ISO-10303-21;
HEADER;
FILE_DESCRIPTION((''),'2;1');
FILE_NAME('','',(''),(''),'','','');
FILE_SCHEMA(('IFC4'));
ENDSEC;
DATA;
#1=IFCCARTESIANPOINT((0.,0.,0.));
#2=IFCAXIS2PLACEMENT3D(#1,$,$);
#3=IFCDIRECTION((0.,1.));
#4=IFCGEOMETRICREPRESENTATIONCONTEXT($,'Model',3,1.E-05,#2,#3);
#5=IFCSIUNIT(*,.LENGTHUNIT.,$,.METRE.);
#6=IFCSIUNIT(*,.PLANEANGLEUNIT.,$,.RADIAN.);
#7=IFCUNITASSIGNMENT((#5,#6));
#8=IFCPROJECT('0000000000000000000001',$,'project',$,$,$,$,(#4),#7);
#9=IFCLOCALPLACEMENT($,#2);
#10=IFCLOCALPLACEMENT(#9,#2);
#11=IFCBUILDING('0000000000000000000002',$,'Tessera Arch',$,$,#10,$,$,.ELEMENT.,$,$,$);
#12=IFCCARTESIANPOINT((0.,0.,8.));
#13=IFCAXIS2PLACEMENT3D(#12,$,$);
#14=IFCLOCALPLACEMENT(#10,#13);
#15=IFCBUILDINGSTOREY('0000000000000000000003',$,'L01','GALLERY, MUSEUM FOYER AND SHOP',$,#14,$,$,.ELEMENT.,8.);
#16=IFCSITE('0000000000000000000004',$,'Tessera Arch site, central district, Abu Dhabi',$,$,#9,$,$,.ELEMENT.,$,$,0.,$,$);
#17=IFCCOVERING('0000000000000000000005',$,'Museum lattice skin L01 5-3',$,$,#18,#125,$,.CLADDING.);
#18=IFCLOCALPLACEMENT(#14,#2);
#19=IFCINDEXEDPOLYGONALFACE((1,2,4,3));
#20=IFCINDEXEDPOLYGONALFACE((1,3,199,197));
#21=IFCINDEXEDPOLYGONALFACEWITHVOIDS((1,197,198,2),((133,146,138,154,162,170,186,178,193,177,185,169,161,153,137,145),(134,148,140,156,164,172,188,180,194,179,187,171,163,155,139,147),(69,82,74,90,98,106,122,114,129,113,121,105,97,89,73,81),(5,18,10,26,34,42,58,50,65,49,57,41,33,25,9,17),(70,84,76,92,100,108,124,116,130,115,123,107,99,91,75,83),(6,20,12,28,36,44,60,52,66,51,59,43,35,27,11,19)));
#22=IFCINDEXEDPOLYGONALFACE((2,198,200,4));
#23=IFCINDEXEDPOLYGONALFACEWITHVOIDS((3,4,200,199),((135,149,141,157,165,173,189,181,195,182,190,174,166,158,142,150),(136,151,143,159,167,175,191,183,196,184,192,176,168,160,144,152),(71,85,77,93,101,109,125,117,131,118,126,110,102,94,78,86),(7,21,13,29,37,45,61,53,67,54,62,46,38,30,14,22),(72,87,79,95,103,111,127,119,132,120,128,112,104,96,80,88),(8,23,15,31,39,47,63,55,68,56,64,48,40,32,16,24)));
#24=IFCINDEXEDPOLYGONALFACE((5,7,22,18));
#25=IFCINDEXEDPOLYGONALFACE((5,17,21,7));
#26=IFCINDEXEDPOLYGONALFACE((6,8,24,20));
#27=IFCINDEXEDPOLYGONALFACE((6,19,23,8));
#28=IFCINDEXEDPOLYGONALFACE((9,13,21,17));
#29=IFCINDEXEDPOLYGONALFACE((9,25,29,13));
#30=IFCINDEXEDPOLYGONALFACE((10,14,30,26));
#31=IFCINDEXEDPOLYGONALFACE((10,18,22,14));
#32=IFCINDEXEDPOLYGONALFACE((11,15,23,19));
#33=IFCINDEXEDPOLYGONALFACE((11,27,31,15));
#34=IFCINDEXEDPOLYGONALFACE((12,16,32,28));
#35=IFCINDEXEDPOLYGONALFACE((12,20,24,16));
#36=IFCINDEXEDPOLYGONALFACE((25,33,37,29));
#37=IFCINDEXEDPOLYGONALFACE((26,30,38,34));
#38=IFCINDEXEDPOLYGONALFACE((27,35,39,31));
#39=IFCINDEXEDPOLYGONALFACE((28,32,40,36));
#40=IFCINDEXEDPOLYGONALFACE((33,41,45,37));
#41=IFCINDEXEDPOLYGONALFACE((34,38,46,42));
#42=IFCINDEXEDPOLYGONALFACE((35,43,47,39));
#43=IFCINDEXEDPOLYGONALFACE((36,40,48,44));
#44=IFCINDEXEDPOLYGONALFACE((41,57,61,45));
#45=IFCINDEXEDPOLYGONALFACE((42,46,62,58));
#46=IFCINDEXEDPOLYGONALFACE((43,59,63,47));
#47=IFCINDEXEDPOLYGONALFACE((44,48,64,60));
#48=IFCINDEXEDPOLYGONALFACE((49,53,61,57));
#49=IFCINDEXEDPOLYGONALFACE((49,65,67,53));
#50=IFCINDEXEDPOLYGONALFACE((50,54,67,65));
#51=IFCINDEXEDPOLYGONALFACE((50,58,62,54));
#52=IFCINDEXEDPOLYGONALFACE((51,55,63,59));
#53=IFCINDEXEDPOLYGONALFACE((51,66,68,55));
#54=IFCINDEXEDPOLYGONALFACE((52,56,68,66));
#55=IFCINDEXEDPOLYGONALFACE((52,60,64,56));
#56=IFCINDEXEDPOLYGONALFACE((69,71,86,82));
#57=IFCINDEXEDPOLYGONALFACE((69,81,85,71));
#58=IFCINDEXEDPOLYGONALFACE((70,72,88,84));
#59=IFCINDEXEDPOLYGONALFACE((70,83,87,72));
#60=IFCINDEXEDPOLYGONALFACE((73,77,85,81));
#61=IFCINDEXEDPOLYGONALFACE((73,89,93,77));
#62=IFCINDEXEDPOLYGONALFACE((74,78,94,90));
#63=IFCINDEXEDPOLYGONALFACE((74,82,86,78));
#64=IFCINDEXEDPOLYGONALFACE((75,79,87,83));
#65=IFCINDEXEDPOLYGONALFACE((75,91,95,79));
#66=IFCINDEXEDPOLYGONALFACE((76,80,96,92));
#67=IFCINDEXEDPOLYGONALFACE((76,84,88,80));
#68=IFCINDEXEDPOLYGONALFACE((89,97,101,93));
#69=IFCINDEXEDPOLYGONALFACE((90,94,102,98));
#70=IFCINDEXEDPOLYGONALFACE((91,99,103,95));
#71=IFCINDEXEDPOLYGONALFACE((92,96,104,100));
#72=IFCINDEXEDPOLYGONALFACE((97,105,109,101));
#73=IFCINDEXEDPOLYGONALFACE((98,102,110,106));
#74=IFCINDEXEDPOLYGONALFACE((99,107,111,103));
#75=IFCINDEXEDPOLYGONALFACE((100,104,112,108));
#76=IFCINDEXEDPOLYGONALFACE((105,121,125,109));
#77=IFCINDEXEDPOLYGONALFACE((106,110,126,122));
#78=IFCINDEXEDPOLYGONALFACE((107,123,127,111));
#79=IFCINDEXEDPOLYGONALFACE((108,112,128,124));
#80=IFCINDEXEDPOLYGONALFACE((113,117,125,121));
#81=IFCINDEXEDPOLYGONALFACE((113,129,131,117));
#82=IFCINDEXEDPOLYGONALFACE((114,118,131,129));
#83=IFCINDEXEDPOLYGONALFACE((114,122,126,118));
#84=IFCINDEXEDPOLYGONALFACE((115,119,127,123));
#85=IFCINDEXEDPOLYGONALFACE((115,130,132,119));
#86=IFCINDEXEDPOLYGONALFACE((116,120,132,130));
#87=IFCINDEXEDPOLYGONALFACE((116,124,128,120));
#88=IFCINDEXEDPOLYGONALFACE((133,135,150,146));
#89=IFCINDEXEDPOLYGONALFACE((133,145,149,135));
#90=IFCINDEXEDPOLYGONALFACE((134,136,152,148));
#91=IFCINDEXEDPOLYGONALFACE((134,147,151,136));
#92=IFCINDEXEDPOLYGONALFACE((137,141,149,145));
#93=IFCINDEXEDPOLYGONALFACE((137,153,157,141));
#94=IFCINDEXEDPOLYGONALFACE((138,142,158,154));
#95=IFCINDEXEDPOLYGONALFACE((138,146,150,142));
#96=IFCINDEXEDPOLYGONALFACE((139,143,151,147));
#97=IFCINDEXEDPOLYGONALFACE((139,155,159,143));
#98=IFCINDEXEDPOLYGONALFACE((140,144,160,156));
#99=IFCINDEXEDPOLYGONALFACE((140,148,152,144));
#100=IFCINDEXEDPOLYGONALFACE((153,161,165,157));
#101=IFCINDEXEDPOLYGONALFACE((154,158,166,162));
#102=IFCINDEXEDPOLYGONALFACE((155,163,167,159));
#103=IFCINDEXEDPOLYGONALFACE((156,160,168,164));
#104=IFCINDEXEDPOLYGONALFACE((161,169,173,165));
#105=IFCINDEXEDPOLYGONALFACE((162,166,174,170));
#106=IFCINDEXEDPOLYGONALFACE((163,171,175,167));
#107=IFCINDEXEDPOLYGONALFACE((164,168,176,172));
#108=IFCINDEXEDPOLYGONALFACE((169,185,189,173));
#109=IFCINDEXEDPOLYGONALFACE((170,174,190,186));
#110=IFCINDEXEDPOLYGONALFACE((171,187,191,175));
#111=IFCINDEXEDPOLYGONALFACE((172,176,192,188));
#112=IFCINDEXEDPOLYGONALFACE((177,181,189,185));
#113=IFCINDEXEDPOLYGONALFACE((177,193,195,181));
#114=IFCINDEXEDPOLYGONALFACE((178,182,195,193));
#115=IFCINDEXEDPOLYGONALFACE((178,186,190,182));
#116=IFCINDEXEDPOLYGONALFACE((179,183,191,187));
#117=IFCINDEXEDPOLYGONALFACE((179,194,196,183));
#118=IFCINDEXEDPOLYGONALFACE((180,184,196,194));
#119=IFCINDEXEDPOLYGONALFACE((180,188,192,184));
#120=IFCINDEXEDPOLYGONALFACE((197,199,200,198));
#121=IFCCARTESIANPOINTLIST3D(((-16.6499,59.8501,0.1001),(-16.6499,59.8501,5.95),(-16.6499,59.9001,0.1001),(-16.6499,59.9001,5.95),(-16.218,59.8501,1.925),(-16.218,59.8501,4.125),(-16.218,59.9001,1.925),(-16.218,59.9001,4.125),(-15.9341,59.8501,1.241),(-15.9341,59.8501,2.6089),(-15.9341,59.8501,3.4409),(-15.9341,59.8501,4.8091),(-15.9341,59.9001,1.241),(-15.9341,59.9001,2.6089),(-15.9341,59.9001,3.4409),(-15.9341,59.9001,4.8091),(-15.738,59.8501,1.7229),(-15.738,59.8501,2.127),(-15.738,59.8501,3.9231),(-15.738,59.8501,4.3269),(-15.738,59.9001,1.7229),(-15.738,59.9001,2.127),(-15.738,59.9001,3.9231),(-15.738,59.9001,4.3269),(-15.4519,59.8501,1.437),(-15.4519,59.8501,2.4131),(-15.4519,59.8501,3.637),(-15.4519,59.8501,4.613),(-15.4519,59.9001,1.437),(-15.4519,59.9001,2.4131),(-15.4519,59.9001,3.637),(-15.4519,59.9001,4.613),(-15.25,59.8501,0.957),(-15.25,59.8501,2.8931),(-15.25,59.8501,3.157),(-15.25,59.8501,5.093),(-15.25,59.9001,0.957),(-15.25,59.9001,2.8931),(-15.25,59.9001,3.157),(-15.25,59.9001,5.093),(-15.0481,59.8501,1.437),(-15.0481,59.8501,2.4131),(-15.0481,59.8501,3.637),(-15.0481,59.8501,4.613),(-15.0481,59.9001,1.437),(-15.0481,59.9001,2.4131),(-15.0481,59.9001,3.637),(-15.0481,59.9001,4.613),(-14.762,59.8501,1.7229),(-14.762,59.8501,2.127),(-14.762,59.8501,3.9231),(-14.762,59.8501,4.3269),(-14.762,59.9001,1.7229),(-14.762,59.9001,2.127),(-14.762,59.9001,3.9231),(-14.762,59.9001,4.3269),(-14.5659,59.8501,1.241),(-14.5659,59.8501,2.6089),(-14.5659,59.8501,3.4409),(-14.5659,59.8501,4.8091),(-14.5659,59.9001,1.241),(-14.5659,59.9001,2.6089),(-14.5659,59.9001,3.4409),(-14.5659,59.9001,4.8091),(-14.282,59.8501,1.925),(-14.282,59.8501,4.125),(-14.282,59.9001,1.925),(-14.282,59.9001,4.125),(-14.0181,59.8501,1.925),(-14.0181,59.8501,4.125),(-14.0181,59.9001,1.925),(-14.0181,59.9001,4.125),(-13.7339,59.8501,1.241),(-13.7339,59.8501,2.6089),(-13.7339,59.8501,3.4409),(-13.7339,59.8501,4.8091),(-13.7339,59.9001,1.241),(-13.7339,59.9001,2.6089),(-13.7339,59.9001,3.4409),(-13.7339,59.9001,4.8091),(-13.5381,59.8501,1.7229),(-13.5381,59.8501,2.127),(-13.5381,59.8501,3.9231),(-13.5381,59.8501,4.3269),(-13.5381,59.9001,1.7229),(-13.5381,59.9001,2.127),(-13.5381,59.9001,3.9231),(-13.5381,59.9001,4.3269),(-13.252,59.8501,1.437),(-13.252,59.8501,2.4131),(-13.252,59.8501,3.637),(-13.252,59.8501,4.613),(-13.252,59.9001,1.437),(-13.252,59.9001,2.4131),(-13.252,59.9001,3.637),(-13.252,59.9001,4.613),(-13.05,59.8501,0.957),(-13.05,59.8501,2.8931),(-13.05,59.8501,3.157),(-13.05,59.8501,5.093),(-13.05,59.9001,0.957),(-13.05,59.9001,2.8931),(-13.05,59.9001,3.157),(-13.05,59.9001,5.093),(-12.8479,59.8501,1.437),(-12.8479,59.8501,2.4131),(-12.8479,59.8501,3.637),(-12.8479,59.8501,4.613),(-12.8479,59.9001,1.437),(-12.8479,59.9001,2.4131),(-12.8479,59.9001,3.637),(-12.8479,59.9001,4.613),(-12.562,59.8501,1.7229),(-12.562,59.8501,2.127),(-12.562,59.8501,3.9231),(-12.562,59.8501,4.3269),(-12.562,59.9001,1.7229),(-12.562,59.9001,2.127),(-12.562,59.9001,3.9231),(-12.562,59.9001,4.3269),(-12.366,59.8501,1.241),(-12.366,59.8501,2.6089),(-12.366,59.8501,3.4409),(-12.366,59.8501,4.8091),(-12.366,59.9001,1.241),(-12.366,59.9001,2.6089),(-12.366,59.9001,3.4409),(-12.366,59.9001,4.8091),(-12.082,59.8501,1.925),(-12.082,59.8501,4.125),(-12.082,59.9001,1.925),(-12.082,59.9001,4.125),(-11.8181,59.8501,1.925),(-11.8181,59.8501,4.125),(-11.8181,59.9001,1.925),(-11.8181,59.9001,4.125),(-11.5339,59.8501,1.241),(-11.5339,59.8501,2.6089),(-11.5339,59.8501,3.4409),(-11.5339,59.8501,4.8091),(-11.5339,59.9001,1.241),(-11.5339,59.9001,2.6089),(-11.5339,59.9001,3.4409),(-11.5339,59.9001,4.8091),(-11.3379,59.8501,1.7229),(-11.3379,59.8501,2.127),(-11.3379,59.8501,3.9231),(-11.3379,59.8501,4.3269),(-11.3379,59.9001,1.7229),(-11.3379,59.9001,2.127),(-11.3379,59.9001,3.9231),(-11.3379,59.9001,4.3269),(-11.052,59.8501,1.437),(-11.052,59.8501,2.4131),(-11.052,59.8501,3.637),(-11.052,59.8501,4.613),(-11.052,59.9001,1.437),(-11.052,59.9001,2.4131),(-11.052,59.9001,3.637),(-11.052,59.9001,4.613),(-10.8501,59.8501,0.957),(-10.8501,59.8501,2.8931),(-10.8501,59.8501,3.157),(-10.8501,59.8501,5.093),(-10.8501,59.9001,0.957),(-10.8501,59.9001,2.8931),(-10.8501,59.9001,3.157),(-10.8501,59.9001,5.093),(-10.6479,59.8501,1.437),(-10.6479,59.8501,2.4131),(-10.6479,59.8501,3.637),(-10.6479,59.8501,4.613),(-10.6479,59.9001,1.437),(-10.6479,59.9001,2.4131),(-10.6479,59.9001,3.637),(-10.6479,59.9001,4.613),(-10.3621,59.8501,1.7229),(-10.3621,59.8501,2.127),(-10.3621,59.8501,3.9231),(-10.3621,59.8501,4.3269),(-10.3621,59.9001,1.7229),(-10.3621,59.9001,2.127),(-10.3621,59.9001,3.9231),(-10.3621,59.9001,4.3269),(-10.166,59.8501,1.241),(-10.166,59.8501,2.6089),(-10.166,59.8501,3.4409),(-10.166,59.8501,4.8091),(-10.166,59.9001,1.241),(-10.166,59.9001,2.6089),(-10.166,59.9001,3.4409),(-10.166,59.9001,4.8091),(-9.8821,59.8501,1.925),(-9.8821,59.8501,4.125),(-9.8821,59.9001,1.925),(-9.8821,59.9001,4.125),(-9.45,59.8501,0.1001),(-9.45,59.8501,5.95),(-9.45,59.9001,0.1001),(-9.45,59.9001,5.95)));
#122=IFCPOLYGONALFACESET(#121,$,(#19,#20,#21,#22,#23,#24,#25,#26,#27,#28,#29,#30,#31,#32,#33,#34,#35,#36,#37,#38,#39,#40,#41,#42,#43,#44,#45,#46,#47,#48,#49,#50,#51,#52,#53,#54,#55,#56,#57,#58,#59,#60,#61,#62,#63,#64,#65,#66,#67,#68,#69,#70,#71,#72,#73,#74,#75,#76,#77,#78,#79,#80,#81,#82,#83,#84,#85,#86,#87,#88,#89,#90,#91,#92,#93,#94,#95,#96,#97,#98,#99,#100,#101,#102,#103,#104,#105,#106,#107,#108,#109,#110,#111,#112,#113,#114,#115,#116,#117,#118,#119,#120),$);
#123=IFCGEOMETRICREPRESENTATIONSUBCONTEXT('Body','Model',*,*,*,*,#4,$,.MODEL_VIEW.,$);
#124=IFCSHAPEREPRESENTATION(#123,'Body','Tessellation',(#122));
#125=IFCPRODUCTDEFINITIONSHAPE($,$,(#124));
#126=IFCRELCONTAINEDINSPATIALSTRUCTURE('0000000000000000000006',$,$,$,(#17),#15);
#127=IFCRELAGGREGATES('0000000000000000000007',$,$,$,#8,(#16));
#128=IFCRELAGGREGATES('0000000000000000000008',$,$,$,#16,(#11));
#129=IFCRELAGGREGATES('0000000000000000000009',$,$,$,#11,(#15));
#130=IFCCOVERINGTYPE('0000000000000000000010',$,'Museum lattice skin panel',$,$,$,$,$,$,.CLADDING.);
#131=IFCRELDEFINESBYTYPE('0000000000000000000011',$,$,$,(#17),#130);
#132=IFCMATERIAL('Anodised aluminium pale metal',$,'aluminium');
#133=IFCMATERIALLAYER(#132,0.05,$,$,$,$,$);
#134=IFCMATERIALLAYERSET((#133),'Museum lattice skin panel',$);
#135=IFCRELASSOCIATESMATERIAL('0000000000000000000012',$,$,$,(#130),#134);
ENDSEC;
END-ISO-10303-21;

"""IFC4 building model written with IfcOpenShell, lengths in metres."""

from ifc_helpers import new_model, si_unit, direction, frame, origin, place, context, subcontext, project, spatial, polyline, outline, extrude, material, layer, layer_set, type_object, element, save


model = new_model("IFC4")

# Units and contexts
model_context = context("Model", 3, precision=1e-05, world=origin(), true_north=direction((0.0, 1.0)))
body_context = subcontext(model_context, "Body", "Model", "MODEL_VIEW")
ifc_project = project(units=[si_unit("LENGTHUNIT", "METRE"), si_unit("PLANEANGLEUNIT", "RADIAN")], contexts=[model_context])

# Site, building, storey
site_placement = place(None, origin())
site = spatial("IfcSite", under=ifc_project, at=site_placement, Name="Tessera Arch site, central district, Abu Dhabi", CompositionType="ELEMENT", RefElevation=0.0)
building_placement = place(site_placement, origin())
building = spatial("IfcBuilding", under=site, at=building_placement, Name="Tessera Arch", CompositionType="ELEMENT")
storey_placement = place(building_placement, frame((0.0, 0.0, 8.0)))
storey = spatial("IfcBuildingStorey", under=building, at=storey_placement, Name="L01", Description="GALLERY, MUSEUM FOYER AND SHOP", CompositionType="ELEMENT", Elevation=8.0)

# Covering
ifc_material_1 = material(Name="Anodised aluminium pale metal", Category="aluminium")
ifc_layer_1 = layer(ifc_material_1, 0.05)
ifc_layer_set_1 = layer_set([ifc_layer_1], Name="Museum lattice skin panel")
covering_type_1 = type_object("IfcCoveringType", Name="Museum lattice skin panel", PredefinedType="CLADDING", material=ifc_layer_set_1)
covering_1_placement = place(storey_placement, frame((-9.45, 59.8501, 5.95), z_axis=(0.0, -1.0, 0.0), x_axis=(-1.0, 0.0, 0.0)))
element("IfcCovering", 1, at=covering_1_placement, inside=storey, type_object=covering_type_1, Name="Museum lattice skin L01 5-3", PredefinedType="CLADDING", context=body_context, shape_type="SweptSolid", body=[
    extrude(outline(polyline([(0.0, 0.0), (7.2, 0.0), (7.2, 5.8499), (0.0, 5.8499), (0.0, 0.0)]), holes=[polyline([(2.3682, 4.0249), (1.8879, 3.823), (2.084, 3.3411), (1.6021, 3.5369), (1.4001, 3.0569), (1.198, 3.5369), (0.7161, 3.3411), (0.9121, 3.823), (0.4321, 4.0249), (0.9121, 4.2271), (0.7161, 4.709), (1.198, 4.5129), (1.4001, 4.9929), (1.6021, 4.5129), (2.084, 4.709), (1.8879, 4.2271), (2.3682, 4.0249)]), polyline([(2.3682, 1.825), (1.8879, 1.623), (2.084, 1.1409), (1.6021, 1.3369), (1.4001, 0.8569), (1.198, 1.3369), (0.7161, 1.1409), (0.9121, 1.623), (0.4321, 1.825), (0.9121, 2.0269), (0.7161, 2.509), (1.198, 2.313), (1.4001, 2.793), (1.6021, 2.313), (2.084, 2.509), (1.8879, 2.0269), (2.3682, 1.825)]), polyline([(4.5681, 4.0249), (4.0881, 3.823), (4.2839, 3.3411), (3.802, 3.5369), (3.6001, 3.0569), (3.3979, 3.5369), (2.916, 3.3411), (3.1121, 3.823), (2.6321, 4.0249), (3.1121, 4.2271), (2.916, 4.709), (3.3979, 4.5129), (3.6001, 4.9929), (3.802, 4.5129), (4.2839, 4.709), (4.0881, 4.2271), (4.5681, 4.0249)]), polyline([(4.5681, 1.825), (4.0881, 1.623), (4.2839, 1.1409), (3.802, 1.3369), (3.6001, 0.8569), (3.3979, 1.3369), (2.916, 1.1409), (3.1121, 1.623), (2.6321, 1.825), (3.1121, 2.0269), (2.916, 2.509), (3.3979, 2.313), (3.6001, 2.793), (3.802, 2.313), (4.2839, 2.509), (4.0881, 2.0269), (4.5681, 1.825)]), polyline([(6.7681, 4.0249), (6.2881, 3.823), (6.4841, 3.3411), (6.002, 3.5369), (5.8, 3.0569), (5.5981, 3.5369), (5.116, 3.3411), (5.312, 3.823), (4.832, 4.0249), (5.312, 4.2271), (5.116, 4.709), (5.5981, 4.5129), (5.8, 4.9929), (6.002, 4.5129), (6.4841, 4.709), (6.2881, 4.2271), (6.7681, 4.0249)]), polyline([(6.7681, 1.825), (6.2881, 1.623), (6.4841, 1.1409), (6.002, 1.3369), (5.8, 0.8569), (5.5981, 1.3369), (5.116, 1.1409), (5.312, 1.623), (4.832, 1.825), (5.312, 2.0269), (5.116, 2.509), (5.5981, 2.313), (5.8, 2.793), (6.002, 2.313), (6.4841, 2.509), (6.2881, 2.0269), (6.7681, 1.825)])]), origin(), (0.0, 0.0, -1.0), 0.05),
])

save(model, "model.ifc")
